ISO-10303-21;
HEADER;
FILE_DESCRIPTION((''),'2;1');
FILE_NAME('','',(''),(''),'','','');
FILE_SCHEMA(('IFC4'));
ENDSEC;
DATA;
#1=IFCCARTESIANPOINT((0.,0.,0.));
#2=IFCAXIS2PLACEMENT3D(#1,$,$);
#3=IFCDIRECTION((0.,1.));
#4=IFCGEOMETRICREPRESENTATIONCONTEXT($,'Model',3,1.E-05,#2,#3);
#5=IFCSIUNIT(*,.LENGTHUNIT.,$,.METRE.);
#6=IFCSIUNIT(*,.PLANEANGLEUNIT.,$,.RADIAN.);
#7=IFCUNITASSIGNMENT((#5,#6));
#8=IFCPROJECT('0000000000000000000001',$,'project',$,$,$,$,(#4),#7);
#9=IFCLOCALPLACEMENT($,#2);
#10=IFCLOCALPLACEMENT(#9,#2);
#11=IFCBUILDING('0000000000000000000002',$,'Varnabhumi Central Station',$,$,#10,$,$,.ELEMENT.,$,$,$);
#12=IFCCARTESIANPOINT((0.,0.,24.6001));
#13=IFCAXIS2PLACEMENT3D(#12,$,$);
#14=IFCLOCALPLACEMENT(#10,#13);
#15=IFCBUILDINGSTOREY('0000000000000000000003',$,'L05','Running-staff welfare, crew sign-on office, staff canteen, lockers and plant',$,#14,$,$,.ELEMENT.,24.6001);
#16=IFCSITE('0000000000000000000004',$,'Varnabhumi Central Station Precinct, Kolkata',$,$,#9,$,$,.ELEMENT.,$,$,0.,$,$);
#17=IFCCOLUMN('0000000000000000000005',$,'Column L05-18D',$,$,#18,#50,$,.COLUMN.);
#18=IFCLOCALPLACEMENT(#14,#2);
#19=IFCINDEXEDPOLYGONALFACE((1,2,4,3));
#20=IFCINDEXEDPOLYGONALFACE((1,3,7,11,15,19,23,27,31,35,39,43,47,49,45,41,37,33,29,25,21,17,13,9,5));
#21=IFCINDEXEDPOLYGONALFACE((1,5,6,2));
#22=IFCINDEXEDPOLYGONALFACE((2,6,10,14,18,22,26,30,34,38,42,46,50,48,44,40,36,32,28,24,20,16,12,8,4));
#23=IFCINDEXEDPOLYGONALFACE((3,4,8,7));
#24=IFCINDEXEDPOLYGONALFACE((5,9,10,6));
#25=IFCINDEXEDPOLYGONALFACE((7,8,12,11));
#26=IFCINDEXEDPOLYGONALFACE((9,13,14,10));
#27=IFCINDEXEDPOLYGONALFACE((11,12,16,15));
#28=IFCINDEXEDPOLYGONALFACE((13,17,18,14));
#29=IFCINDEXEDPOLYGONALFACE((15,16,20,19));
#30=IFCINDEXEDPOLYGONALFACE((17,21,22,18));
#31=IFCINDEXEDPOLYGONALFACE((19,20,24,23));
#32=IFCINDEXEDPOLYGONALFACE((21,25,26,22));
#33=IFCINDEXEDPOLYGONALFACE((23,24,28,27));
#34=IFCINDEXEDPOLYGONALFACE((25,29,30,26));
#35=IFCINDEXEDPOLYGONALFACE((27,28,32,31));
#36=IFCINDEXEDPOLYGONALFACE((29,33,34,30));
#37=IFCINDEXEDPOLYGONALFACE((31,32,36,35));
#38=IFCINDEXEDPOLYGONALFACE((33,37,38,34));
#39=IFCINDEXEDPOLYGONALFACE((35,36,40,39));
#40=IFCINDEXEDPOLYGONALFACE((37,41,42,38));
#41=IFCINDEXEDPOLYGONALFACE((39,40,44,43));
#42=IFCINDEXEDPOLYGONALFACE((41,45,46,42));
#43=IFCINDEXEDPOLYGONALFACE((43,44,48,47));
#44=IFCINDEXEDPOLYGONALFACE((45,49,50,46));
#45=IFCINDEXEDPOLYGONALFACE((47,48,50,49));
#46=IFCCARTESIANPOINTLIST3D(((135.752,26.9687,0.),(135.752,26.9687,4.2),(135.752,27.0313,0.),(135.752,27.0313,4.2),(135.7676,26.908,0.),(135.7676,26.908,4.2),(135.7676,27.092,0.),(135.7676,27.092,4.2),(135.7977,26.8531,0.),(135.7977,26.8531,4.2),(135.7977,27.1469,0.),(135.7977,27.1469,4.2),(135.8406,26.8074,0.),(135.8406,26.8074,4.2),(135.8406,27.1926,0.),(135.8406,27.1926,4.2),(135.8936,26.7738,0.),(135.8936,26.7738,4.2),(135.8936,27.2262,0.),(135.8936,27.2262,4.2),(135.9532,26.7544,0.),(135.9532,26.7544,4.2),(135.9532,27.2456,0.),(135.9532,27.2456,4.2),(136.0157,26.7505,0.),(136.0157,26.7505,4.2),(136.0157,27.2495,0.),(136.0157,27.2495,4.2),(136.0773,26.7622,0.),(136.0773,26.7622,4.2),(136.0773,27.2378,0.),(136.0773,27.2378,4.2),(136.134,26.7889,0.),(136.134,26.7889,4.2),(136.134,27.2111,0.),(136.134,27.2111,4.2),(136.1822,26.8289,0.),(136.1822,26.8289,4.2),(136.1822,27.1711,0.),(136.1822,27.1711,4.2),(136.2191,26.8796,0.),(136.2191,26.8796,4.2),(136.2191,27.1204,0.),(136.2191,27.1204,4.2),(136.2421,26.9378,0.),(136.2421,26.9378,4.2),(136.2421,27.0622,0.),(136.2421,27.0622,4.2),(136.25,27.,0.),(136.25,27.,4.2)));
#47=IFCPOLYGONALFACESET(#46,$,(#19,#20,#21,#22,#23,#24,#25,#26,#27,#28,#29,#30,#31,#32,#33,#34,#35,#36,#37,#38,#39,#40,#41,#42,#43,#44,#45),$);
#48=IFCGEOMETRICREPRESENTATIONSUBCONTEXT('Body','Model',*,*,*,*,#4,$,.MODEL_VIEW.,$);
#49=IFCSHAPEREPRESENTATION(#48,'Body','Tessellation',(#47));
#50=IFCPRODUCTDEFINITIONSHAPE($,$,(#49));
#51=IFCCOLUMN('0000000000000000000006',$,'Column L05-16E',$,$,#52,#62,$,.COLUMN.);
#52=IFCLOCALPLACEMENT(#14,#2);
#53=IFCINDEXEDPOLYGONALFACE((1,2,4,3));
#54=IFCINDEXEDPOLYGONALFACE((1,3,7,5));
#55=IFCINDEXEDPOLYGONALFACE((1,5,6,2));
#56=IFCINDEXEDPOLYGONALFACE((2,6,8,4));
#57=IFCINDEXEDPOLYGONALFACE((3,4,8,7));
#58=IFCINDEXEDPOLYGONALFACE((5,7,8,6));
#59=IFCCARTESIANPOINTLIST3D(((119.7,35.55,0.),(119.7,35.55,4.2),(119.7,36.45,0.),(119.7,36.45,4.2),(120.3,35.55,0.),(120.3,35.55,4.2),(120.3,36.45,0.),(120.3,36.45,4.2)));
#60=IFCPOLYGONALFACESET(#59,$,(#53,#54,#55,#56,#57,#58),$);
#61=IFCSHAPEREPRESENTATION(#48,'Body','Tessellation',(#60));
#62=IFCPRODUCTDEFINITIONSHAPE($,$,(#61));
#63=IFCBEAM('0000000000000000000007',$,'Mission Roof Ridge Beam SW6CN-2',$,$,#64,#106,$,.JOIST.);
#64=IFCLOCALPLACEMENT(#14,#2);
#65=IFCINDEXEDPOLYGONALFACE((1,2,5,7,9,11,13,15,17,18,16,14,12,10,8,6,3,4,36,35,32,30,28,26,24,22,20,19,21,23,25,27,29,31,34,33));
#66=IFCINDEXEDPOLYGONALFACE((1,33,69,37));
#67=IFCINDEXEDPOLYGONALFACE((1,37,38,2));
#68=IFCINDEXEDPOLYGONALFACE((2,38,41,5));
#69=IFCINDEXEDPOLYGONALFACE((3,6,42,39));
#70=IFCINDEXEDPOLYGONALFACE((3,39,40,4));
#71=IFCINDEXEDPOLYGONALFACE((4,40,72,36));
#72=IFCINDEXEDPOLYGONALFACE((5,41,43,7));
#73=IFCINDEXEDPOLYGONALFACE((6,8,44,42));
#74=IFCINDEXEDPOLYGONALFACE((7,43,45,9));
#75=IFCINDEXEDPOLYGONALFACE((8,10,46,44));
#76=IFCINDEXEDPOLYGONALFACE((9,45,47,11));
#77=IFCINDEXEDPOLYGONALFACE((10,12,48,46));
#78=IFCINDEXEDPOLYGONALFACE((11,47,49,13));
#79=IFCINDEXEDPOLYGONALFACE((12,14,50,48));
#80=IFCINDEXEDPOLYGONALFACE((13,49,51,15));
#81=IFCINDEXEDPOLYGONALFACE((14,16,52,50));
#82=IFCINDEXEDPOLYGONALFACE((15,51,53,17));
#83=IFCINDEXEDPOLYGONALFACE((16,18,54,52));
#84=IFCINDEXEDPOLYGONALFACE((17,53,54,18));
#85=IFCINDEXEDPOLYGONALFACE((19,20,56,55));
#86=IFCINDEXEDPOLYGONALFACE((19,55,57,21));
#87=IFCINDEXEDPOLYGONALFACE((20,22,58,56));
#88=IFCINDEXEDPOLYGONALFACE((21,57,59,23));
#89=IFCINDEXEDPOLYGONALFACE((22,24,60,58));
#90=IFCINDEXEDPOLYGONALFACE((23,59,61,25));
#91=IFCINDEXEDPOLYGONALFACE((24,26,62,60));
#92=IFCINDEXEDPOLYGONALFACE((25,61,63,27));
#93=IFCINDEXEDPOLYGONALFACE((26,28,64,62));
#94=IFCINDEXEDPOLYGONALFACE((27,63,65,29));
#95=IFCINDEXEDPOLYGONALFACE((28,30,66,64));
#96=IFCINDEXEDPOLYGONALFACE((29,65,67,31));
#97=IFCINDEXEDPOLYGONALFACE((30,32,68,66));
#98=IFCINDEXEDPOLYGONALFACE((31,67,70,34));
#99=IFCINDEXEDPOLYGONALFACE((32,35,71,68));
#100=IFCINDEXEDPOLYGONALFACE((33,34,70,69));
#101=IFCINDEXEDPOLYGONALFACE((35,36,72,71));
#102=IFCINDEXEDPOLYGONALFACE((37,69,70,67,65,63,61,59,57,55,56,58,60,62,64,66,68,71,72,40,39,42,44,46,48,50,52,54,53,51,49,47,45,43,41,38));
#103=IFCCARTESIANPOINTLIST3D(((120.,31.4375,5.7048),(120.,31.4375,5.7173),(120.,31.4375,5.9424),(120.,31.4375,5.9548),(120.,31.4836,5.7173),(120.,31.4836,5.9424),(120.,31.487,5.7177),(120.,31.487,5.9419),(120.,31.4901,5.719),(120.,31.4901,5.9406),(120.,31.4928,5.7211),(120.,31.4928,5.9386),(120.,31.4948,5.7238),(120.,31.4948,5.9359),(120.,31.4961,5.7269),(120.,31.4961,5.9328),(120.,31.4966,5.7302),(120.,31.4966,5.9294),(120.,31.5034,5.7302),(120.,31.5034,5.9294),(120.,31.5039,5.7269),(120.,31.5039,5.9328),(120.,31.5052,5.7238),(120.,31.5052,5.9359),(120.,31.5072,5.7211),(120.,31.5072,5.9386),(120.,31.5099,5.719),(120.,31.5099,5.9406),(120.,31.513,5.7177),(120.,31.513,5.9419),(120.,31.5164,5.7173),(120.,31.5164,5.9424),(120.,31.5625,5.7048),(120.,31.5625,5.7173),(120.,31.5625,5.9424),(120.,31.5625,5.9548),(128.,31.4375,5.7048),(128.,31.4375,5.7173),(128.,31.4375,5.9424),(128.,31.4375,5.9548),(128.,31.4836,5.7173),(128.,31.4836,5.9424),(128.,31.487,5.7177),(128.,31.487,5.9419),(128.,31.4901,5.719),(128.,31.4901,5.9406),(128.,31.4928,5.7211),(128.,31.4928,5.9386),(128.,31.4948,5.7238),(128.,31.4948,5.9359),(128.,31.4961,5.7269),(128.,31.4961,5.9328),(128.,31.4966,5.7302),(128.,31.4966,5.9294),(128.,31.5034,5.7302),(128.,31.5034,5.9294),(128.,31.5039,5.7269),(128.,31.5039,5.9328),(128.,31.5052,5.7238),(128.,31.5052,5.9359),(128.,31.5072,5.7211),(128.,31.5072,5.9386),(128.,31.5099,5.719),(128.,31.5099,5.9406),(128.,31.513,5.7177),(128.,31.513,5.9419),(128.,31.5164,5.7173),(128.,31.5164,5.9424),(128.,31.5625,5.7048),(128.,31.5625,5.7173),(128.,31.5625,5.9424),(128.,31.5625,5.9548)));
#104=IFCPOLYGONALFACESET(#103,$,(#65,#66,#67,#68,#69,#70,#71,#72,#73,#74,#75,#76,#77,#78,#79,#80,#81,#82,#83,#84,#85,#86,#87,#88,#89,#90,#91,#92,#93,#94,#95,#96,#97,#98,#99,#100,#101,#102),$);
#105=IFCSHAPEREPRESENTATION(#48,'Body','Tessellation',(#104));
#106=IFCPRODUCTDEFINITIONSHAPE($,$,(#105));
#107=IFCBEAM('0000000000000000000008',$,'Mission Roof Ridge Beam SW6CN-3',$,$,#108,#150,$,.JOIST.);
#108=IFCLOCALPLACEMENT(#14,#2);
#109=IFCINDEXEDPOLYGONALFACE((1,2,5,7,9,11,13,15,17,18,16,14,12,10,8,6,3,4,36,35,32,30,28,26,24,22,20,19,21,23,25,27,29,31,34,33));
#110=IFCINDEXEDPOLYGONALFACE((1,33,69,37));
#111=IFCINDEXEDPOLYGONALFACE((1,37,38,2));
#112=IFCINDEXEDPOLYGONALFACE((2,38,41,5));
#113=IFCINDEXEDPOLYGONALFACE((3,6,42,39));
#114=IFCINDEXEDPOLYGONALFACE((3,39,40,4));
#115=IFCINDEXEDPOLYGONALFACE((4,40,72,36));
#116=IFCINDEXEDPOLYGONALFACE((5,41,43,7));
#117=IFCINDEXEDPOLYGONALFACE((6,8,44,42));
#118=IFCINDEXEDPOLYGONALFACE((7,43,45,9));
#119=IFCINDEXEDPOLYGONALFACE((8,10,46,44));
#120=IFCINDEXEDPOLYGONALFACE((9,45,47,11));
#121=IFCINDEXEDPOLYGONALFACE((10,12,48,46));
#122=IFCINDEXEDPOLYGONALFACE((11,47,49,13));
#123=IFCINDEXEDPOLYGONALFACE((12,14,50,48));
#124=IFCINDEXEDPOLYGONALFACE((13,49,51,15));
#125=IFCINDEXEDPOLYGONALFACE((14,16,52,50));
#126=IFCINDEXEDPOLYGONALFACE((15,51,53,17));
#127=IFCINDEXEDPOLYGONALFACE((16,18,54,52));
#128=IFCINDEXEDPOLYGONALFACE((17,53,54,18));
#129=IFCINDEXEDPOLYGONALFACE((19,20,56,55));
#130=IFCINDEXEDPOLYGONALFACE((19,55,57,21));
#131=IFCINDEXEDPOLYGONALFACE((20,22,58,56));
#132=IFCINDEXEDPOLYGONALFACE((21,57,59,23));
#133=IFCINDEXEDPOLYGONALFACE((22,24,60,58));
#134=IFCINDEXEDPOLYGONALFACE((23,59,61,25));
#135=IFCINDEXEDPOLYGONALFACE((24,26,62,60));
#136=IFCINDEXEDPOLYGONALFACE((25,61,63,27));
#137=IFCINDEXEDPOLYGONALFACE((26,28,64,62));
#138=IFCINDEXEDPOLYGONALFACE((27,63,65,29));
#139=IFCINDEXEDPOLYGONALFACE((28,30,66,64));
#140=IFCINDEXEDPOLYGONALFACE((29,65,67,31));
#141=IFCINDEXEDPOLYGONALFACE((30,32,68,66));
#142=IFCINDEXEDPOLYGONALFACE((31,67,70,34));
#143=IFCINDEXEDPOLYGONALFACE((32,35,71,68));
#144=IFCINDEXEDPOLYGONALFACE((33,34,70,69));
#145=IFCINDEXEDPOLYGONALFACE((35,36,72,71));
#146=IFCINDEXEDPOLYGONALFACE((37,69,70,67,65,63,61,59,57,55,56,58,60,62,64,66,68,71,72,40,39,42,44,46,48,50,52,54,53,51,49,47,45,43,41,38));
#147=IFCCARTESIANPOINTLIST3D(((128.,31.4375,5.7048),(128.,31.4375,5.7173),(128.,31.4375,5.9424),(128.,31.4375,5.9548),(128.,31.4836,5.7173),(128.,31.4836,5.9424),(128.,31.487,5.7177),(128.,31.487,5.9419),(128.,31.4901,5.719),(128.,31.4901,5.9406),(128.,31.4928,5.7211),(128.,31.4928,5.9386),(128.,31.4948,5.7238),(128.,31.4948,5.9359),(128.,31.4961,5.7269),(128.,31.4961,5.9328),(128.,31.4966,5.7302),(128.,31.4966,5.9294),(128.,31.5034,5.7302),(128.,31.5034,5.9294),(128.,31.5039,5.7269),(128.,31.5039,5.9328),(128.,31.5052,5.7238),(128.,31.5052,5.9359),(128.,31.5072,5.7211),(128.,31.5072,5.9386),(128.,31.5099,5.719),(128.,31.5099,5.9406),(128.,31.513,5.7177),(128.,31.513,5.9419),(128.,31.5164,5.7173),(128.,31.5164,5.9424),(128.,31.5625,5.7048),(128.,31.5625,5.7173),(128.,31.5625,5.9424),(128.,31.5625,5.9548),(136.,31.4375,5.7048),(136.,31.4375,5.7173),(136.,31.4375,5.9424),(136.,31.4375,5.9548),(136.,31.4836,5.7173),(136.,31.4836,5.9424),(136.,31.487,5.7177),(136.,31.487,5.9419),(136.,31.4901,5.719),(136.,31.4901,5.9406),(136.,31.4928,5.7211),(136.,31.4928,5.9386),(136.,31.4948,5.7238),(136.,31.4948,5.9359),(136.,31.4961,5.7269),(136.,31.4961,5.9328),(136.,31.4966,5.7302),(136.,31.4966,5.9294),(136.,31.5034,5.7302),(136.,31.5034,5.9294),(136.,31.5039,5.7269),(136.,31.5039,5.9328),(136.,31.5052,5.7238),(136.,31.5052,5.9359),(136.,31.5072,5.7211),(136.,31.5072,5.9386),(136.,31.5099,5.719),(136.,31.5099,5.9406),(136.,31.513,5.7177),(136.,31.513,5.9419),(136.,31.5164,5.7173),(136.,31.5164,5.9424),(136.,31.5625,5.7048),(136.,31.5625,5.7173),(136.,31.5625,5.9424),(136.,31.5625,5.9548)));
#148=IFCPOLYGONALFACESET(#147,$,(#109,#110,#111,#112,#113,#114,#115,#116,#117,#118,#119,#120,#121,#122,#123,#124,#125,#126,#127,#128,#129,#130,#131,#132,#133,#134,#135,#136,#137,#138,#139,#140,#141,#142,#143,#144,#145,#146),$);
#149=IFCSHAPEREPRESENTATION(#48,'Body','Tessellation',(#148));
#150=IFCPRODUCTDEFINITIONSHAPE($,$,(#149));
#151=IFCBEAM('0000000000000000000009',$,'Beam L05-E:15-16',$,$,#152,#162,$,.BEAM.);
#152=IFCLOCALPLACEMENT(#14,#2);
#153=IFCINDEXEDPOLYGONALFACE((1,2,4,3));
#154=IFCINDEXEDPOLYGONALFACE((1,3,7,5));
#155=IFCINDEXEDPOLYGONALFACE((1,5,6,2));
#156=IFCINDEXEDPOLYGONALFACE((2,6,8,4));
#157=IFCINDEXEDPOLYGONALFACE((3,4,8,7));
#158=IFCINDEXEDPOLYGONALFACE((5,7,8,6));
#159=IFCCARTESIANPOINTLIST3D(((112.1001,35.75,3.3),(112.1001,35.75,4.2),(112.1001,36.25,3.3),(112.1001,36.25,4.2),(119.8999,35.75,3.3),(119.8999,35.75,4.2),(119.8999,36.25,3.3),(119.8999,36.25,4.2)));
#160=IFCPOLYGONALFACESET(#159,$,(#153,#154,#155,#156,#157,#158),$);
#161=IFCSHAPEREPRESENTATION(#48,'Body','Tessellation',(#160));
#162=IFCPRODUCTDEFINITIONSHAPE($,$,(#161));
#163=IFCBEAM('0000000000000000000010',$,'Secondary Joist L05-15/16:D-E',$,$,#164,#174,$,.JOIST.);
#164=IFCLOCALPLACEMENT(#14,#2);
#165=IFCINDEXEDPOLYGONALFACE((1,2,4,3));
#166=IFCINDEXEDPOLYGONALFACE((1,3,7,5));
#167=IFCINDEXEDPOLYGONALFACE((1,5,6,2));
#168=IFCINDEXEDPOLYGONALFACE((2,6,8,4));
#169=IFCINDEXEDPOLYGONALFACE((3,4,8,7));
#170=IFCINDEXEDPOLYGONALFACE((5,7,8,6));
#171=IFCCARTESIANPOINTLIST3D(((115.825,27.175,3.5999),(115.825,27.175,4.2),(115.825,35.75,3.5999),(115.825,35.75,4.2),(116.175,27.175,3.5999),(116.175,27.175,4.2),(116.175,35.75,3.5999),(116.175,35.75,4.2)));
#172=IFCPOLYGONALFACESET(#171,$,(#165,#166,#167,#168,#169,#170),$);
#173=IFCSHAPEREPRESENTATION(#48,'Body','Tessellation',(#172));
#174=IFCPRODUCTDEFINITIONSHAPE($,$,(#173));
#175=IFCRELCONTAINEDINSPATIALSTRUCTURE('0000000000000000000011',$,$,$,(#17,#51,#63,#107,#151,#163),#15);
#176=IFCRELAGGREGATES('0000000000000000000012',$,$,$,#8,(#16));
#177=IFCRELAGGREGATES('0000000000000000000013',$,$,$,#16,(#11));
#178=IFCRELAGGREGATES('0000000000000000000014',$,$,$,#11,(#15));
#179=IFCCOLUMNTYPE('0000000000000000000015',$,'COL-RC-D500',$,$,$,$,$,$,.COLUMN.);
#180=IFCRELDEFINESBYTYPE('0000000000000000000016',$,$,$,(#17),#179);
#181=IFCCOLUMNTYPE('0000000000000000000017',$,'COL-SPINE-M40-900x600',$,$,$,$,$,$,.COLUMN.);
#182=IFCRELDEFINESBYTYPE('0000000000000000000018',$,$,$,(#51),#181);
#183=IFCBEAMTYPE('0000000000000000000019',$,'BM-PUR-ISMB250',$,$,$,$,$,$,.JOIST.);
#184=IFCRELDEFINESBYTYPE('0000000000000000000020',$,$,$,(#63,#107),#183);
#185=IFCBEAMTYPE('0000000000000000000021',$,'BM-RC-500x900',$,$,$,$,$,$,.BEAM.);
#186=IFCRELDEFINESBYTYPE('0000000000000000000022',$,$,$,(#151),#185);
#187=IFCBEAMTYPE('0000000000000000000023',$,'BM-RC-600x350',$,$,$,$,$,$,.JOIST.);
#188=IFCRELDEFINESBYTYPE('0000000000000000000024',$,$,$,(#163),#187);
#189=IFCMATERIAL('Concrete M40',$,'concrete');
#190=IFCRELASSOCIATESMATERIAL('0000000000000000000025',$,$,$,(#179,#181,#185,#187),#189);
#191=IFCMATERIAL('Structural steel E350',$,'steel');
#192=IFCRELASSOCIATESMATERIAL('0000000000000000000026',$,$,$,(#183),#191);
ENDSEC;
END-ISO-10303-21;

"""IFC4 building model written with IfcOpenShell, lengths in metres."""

from ifc_helpers import new_model, si_unit, direction, frame, origin, origin_2d, place, context, subcontext, project, spatial, rectangle, circle, i_section, extrude, material, material_profile, profile_set, type_object, element, save


model = new_model("IFC4")

# Units and contexts
model_context = context("Model", 3, precision=1e-05, world=origin(), true_north=direction((0.0, 1.0)))
body_context = subcontext(model_context, "Body", "Model", "MODEL_VIEW")
ifc_project = project(units=[si_unit("LENGTHUNIT", "METRE"), si_unit("PLANEANGLEUNIT", "RADIAN")], contexts=[model_context])

# Site, building, storey
site_placement = place(None, origin())
site = spatial("IfcSite", under=ifc_project, at=site_placement, Name="Varnabhumi Central Station Precinct, Kolkata", CompositionType="ELEMENT", RefElevation=0.0)
building_placement = place(site_placement, origin())
building = spatial("IfcBuilding", under=site, at=building_placement, Name="Varnabhumi Central Station", CompositionType="ELEMENT")
storey_placement = place(building_placement, frame((0.0, 0.0, 24.6001)))
storey = spatial("IfcBuildingStorey", under=building, at=storey_placement, Name="L05", Description="Running-staff welfare, crew sign-on office, staff canteen, lockers and plant", CompositionType="ELEMENT", Elevation=24.6001)

# Columns
ifc_material_1 = material(Name="Concrete M40", Category="concrete")
ifc_material_profile_1 = material_profile(ifc_material_1, circle(Radius=0.25, at=origin_2d()), Name="Concrete M40", Category="concrete")
ifc_profile_set_1 = profile_set([ifc_material_profile_1], Name="Concrete M40")
column_type_1 = type_object("IfcColumnType", Name="COL-RC-D500", PredefinedType="COLUMN", material=ifc_profile_set_1)
column_1_placement = place(storey_placement, frame((136.0, 27.0, 0.0), z_axis=(0.0, 0.0, 1.0), x_axis=(1.0, 0.0, 0.0)))
element("IfcColumn", 1, at=column_1_placement, inside=storey, type_object=column_type_1, Name="Column L05-18D", PredefinedType="COLUMN", context=body_context, shape_type="SweptSolid", body=[
    extrude(circle(Radius=0.25, at=origin_2d()), origin(), (0.0, 0.0, 1.0), 4.2),
])
ifc_material_profile_2 = material_profile(ifc_material_1, rectangle(XDim=0.6001, YDim=0.8999, at=origin_2d()), Name="Concrete M40", Category="concrete")
ifc_profile_set_2 = profile_set([ifc_material_profile_2], Name="Concrete M40")
column_type_2 = type_object("IfcColumnType", Name="COL-SPINE-M40-900x600", PredefinedType="COLUMN", material=ifc_profile_set_2)
column_2_placement = place(storey_placement, frame((120.0, 36.0, 0.0), z_axis=(0.0, 0.0, 1.0), x_axis=(1.0, 0.0, 0.0)))
element("IfcColumn", 2, at=column_2_placement, inside=storey, type_object=column_type_2, Name="Column L05-16E", PredefinedType="COLUMN", context=body_context, shape_type="SweptSolid", body=[
    extrude(rectangle(XDim=0.6001, YDim=0.8999, at=origin_2d()), origin(), (0.0, 0.0, 1.0), 4.2),
])

# Beams
ifc_material_2 = material(Name="Structural steel E350", Category="steel")
ifc_material_profile_3 = material_profile(ifc_material_2, i_section(OverallWidth=0.125, OverallDepth=0.25, WebThickness=0.0068, FlangeThickness=0.0125, FilletRadius=0.0129, at=origin_2d()), Name="Structural steel E350", Category="steel")
ifc_profile_set_3 = profile_set([ifc_material_profile_3], Name="Structural steel E350")
beam_type_1 = type_object("IfcBeamType", Name="BM-PUR-ISMB250", PredefinedType="JOIST", material=ifc_profile_set_3)
for number, where, z_axis, x_axis, name in (
    (3, (120.0, 31.5, 5.8298), (1.0, 0.0, 0.0), (0.0, 1.0, 0.0), "Mission Roof Ridge Beam SW6CN-2"),
    (4, (128.0, 31.5, 5.8298), (1.0, 0.0, 0.0), (0.0, 1.0, 0.0), "Mission Roof Ridge Beam SW6CN-3"),
):
    element("IfcBeam", number, at=place(storey_placement, frame(where, z_axis=z_axis, x_axis=x_axis)), inside=storey, type_object=beam_type_1, Name=name, PredefinedType="JOIST", context=body_context, shape_type="SweptSolid", body=[
        extrude(i_section(OverallWidth=0.125, OverallDepth=0.25, WebThickness=0.0068, FlangeThickness=0.0125, FilletRadius=0.0129, at=origin_2d()), origin(), (0.0, 0.0, 1.0), 8.0),
    ])
ifc_material_profile_4 = material_profile(ifc_material_1, rectangle(XDim=0.5, YDim=0.8999, at=origin_2d()), Name="Concrete M40", Category="concrete")
ifc_profile_set_4 = profile_set([ifc_material_profile_4], Name="Concrete M40")
beam_type_2 = type_object("IfcBeamType", Name="BM-RC-500x900", PredefinedType="BEAM", material=ifc_profile_set_4)
beam_1_placement = place(storey_placement, frame((112.1001, 36.0, 3.75), z_axis=(1.0, 0.0, 0.0), x_axis=(0.0, 1.0, 0.0)))
element("IfcBeam", 5, at=beam_1_placement, inside=storey, type_object=beam_type_2, Name="Beam L05-E:15-16", PredefinedType="BEAM", context=body_context, shape_type="SweptSolid", body=[
    extrude(rectangle(XDim=0.5, YDim=0.8999, at=origin_2d()), origin(), (0.0, 0.0, 1.0), 7.7998),
])
ifc_material_profile_5 = material_profile(ifc_material_1, rectangle(XDim=0.3501, YDim=0.6001, at=origin_2d()), Name="Concrete M40", Category="concrete")
ifc_profile_set_5 = profile_set([ifc_material_profile_5], Name="Concrete M40")
beam_type_3 = type_object("IfcBeamType", Name="BM-RC-600x350", PredefinedType="JOIST", material=ifc_profile_set_5)
beam_2_placement = place(storey_placement, frame((116.0, 27.175, 3.8999), z_axis=(0.0, 1.0, 0.0), x_axis=(-1.0, 0.0, 0.0)))
element("IfcBeam", 6, at=beam_2_placement, inside=storey, type_object=beam_type_3, Name="Secondary Joist L05-15/16:D-E", PredefinedType="JOIST", context=body_context, shape_type="SweptSolid", body=[
    extrude(rectangle(XDim=0.3501, YDim=0.6001, at=origin_2d()), origin(), (0.0, 0.0, 1.0), 8.575),
])

save(model, "model.ifc")
